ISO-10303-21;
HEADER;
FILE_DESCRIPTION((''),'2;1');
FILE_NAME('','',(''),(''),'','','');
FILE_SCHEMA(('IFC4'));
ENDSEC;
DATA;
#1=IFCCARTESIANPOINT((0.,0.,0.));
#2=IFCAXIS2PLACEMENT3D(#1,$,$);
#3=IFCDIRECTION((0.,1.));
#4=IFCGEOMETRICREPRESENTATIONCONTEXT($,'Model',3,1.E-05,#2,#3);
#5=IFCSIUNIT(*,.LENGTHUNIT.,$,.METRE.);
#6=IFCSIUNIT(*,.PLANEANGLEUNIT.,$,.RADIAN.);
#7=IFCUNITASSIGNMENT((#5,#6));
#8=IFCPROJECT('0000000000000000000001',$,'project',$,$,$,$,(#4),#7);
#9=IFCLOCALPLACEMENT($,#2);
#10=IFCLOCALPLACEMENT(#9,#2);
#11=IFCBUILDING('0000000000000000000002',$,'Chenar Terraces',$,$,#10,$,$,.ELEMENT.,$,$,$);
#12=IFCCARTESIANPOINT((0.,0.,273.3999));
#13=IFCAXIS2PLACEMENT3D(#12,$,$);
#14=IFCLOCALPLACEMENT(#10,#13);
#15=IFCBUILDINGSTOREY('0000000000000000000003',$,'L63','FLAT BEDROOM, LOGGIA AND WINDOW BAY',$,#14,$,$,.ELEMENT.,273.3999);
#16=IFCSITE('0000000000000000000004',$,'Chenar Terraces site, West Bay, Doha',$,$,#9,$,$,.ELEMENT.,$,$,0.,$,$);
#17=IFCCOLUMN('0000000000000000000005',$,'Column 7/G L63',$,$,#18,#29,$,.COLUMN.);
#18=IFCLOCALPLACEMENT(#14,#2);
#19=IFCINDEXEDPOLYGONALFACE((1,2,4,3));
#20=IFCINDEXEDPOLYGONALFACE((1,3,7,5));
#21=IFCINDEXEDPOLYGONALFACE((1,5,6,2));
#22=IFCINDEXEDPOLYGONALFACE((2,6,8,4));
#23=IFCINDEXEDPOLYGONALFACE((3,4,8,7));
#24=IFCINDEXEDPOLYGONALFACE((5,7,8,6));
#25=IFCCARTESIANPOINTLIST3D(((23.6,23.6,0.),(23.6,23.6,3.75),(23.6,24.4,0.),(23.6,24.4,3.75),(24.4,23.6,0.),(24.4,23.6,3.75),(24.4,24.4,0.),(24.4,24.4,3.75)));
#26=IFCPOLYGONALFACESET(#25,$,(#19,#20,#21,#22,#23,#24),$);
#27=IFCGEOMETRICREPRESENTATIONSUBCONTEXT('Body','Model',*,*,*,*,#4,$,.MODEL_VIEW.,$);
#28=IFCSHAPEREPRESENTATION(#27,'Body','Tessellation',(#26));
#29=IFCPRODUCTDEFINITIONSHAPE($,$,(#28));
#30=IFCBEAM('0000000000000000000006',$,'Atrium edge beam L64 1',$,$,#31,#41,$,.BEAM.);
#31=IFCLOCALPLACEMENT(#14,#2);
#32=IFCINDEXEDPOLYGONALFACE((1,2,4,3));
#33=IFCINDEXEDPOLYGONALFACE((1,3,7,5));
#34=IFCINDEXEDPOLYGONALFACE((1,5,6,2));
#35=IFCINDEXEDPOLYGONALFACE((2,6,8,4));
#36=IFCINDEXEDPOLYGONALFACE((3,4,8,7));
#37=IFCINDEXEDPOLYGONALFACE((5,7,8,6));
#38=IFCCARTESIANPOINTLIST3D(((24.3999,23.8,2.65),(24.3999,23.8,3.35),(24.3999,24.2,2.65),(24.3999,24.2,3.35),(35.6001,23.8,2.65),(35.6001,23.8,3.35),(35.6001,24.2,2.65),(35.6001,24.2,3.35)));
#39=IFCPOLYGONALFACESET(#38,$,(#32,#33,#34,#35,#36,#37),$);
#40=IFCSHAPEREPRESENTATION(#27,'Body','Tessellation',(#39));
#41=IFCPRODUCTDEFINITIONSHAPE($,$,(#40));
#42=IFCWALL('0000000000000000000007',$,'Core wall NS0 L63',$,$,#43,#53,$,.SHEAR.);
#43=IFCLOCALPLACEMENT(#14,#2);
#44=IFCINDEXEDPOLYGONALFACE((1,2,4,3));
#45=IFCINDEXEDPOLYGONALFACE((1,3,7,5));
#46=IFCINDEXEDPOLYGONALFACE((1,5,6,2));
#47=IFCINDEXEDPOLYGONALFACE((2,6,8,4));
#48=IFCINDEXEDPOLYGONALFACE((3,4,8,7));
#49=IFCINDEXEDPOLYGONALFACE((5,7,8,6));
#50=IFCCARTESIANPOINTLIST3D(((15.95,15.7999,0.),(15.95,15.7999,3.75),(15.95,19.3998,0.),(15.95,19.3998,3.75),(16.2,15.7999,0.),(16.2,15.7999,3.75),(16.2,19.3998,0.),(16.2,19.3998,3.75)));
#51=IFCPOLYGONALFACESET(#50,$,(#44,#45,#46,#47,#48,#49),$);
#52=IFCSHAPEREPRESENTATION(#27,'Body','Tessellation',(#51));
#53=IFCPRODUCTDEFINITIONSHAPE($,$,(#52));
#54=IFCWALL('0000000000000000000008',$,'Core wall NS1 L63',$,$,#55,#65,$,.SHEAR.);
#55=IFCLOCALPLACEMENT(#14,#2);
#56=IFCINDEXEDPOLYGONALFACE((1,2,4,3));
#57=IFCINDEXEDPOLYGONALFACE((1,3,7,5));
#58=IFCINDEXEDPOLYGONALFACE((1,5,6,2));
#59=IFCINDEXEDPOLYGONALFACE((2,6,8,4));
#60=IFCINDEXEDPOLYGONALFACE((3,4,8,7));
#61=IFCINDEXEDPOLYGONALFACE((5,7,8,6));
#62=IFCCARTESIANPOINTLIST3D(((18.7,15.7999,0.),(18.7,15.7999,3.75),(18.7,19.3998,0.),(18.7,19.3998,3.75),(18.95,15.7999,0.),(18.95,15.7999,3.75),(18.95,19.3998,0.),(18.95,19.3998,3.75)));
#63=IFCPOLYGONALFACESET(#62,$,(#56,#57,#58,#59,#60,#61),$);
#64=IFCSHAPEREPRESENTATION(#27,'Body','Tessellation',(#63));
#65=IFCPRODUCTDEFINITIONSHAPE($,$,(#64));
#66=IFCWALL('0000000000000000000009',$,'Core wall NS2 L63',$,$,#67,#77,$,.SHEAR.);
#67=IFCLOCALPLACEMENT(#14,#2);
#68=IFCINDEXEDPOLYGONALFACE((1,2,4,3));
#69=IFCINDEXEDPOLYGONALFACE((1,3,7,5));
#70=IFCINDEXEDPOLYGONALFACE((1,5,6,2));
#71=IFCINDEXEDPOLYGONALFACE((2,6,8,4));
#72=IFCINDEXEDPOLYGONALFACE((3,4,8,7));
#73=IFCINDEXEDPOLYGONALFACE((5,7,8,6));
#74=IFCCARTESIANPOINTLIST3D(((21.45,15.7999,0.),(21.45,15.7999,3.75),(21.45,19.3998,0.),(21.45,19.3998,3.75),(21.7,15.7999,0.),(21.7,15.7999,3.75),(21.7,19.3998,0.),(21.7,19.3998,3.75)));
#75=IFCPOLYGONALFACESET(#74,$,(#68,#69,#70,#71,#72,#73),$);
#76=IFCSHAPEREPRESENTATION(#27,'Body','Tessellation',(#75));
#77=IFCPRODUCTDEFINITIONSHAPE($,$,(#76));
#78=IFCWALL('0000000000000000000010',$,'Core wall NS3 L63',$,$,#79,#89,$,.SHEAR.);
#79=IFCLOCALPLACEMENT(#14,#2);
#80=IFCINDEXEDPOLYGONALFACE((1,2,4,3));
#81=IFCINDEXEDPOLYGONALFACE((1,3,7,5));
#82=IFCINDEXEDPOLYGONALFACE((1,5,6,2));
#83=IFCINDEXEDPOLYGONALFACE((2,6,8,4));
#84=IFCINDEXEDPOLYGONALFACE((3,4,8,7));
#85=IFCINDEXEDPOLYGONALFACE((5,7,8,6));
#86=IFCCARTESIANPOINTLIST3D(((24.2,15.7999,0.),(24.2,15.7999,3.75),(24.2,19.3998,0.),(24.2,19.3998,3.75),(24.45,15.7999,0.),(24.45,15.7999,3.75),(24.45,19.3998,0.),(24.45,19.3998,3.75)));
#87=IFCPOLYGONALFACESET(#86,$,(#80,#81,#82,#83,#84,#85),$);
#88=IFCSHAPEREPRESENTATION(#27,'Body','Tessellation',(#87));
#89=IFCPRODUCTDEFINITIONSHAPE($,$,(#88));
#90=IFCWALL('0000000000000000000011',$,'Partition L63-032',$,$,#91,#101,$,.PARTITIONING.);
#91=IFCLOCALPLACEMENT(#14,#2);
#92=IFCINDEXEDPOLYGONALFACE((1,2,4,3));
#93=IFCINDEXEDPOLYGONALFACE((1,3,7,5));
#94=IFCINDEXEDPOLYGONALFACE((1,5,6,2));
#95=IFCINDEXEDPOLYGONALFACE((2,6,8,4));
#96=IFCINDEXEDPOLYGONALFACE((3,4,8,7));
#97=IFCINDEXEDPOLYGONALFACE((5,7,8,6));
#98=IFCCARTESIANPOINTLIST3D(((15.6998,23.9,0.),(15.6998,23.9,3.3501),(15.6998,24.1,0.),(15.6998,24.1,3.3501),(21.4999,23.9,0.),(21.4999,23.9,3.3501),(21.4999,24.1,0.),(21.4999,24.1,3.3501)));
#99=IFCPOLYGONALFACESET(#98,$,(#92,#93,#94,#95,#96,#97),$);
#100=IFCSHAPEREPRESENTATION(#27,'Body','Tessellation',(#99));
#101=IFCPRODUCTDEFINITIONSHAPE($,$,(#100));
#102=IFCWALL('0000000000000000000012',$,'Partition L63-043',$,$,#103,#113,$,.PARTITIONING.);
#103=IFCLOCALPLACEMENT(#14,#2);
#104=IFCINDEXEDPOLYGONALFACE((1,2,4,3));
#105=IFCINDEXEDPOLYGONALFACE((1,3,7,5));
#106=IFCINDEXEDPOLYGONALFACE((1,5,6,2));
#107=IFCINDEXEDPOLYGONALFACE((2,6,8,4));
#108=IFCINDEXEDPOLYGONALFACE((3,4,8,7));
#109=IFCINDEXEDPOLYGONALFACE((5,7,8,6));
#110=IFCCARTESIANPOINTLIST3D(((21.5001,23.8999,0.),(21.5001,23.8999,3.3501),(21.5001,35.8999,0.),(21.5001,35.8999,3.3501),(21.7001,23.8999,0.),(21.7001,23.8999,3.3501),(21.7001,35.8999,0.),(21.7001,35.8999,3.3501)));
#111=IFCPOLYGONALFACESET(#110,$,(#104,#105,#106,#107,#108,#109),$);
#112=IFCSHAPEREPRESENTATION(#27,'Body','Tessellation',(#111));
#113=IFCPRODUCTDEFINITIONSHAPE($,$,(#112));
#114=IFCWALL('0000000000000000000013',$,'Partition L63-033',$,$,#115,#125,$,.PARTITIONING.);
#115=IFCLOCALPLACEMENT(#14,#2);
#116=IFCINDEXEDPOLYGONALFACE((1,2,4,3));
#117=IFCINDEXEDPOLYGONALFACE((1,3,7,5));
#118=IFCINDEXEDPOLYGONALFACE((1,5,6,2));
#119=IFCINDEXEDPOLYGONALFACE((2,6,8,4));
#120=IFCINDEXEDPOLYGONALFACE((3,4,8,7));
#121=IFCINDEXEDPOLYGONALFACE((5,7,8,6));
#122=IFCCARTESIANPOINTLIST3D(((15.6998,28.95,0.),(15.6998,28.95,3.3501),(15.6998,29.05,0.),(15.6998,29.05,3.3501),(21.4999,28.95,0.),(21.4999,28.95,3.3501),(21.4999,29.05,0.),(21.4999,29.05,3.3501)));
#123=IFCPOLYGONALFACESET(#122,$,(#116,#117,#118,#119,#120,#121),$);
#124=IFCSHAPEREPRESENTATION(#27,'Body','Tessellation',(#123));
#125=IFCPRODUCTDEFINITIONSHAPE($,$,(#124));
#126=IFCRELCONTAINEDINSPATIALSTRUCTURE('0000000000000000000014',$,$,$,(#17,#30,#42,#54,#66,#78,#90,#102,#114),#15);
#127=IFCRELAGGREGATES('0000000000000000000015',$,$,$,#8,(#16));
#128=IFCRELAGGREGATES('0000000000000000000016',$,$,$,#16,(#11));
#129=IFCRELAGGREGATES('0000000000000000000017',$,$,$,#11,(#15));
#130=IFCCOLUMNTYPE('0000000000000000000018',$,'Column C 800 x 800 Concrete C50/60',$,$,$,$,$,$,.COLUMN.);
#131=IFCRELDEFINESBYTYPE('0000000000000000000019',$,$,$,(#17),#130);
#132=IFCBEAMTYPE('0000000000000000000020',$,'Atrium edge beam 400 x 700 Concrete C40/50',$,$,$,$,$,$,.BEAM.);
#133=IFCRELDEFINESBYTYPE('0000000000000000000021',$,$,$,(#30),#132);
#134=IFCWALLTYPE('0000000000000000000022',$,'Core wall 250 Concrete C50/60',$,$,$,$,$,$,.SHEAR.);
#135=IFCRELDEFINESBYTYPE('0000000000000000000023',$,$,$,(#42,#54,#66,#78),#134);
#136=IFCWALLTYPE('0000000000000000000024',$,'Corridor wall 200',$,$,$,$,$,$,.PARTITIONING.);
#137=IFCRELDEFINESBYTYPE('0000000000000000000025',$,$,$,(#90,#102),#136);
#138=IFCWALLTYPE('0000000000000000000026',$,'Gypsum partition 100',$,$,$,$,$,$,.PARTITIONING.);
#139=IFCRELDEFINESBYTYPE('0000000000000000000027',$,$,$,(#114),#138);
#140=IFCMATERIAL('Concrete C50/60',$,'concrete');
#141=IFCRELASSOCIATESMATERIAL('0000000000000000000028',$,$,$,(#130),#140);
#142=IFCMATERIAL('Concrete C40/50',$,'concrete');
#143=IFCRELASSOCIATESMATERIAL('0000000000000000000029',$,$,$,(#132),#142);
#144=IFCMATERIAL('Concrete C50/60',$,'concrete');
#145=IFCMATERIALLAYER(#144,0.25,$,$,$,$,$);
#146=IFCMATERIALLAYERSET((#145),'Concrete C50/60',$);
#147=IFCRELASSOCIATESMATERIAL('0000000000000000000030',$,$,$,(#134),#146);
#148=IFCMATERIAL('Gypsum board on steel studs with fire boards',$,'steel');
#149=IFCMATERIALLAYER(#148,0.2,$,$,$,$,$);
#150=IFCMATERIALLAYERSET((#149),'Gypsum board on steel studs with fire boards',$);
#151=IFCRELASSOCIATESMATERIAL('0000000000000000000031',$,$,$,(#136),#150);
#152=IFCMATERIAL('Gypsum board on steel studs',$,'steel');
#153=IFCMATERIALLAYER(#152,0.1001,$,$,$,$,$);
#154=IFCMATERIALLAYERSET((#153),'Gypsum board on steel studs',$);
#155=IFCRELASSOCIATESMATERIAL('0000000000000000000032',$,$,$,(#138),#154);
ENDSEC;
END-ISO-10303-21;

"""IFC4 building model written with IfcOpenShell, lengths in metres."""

from ifc_helpers import new_model, si_unit, direction, frame, frame_2d, origin, origin_2d, place, context, subcontext, project, spatial, rectangle, extrude, material, layer, layer_set, material_profile, profile_set, type_object, element, save


model = new_model("IFC4")

# Units and contexts
model_context = context("Model", 3, precision=1e-05, world=origin(), true_north=direction((0.0, 1.0)))
body_context = subcontext(model_context, "Body", "Model", "MODEL_VIEW")
ifc_project = project(units=[si_unit("LENGTHUNIT", "METRE"), si_unit("PLANEANGLEUNIT", "RADIAN")], contexts=[model_context])

# Site, building, storey
site_placement = place(None, origin())
site = spatial("IfcSite", under=ifc_project, at=site_placement, Name="Chenar Terraces site, West Bay, Doha", CompositionType="ELEMENT", RefElevation=0.0)
building_placement = place(site_placement, origin())
building = spatial("IfcBuilding", under=site, at=building_placement, Name="Chenar Terraces", CompositionType="ELEMENT")
storey_placement = place(building_placement, frame((0.0, 0.0, 273.3999)))
storey = spatial("IfcBuildingStorey", under=building, at=storey_placement, Name="L63", Description="FLAT BEDROOM, LOGGIA AND WINDOW BAY", CompositionType="ELEMENT", Elevation=273.3999)

# Column
ifc_material_1 = material(Name="Concrete C50/60", Category="concrete")
ifc_material_profile_1 = material_profile(ifc_material_1, rectangle(XDim=0.8, YDim=0.8, at=origin_2d()), Name="C 800 x 800")
ifc_profile_set_1 = profile_set([ifc_material_profile_1], Name="Concrete C50/60")
column_type = type_object("IfcColumnType", Name="Column C 800 x 800 Concrete C50/60", PredefinedType="COLUMN", material=ifc_profile_set_1)
column_placement = place(storey_placement, frame((24.0, 24.0, 0.0), z_axis=(0.0, 0.0, 1.0), x_axis=(1.0, 0.0, 0.0)))
element("IfcColumn", 1, at=column_placement, inside=storey, type_object=column_type, Name="Column 7/G L63", PredefinedType="COLUMN", context=body_context, shape_type="SweptSolid", body=[
    extrude(rectangle(XDim=0.8, YDim=0.8, at=origin_2d()), origin(), (0.0, 0.0, 1.0), 3.75),
])

# Beam
ifc_material_2 = material(Name="Concrete C40/50", Category="concrete")
ifc_material_profile_2 = material_profile(ifc_material_2, rectangle(XDim=0.3999, YDim=0.7, at=origin_2d()), Name="RC 400 x 700")
ifc_profile_set_2 = profile_set([ifc_material_profile_2], Name="Concrete C40/50")
beam_type = type_object("IfcBeamType", Name="Atrium edge beam 400 x 700 Concrete C40/50", PredefinedType="BEAM", material=ifc_profile_set_2)
beam_placement = place(storey_placement, frame((24.3999, 24.0, 3.0), z_axis=(1.0, 0.0, 0.0), x_axis=(0.0, 1.0, 0.0)))
element("IfcBeam", 2, at=beam_placement, inside=storey, type_object=beam_type, Name="Atrium edge beam L64 1", PredefinedType="BEAM", context=body_context, shape_type="SweptSolid", body=[
    extrude(rectangle(XDim=0.3999, YDim=0.7, at=origin_2d()), origin(), (0.0, 0.0, 1.0), 11.2002),
])

# Walls
ifc_material_3 = material(Name="Concrete C50/60", Category="concrete")
ifc_layer_1 = layer(ifc_material_3, 0.25)
ifc_layer_set_1 = layer_set([ifc_layer_1], Name="Concrete C50/60")
wall_type_1 = type_object("IfcWallType", Name="Core wall 250 Concrete C50/60", PredefinedType="SHEAR", material=ifc_layer_set_1)
for number, where, z_axis, x_axis, name in (
    (3, (16.075, 15.8, 0.0), (0.0, 0.0, 1.0), (0.0, 1.0, 0.0), "Core wall NS0 L63"),
    (4, (18.825, 15.8, 0.0), (0.0, 0.0, 1.0), (0.0, 1.0, 0.0), "Core wall NS1 L63"),
    (5, (21.575, 15.8, 0.0), (0.0, 0.0, 1.0), (0.0, 1.0, 0.0), "Core wall NS2 L63"),
    (6, (24.325, 15.8, 0.0), (0.0, 0.0, 1.0), (0.0, 1.0, 0.0), "Core wall NS3 L63"),
):
    element("IfcWall", number, at=place(storey_placement, frame(where, z_axis=z_axis, x_axis=x_axis)), inside=storey, type_object=wall_type_1, Name=name, PredefinedType="SHEAR", context=body_context, shape_type="SweptSolid", body=[
        extrude(rectangle(XDim=3.5999, YDim=0.25, at=frame_2d((1.7998, 0.0))), origin(), (0.0, 0.0, 1.0), 3.75),
    ])
ifc_material_4 = material(Name="Gypsum board on steel studs with fire boards", Category="steel")
ifc_layer_2 = layer(ifc_material_4, 0.2)
ifc_layer_set_2 = layer_set([ifc_layer_2], Name="Gypsum board on steel studs with fire boards")
wall_type_2 = type_object("IfcWallType", Name="Corridor wall 200", PredefinedType="PARTITIONING", material=ifc_layer_set_2)
wall_1_placement = place(storey_placement, frame((15.7, 24.0, 0.0), z_axis=(0.0, 0.0, 1.0), x_axis=(1.0, 0.0, 0.0)))
element("IfcWall", 7, at=wall_1_placement, inside=storey, type_object=wall_type_2, Name="Partition L63-032", PredefinedType="PARTITIONING", context=body_context, shape_type="SweptSolid", body=[
    extrude(rectangle(XDim=5.8, YDim=0.2, at=frame_2d((2.8999, 0.0))), origin(), (0.0, 0.0, 1.0), 3.3501),
])
wall_2_placement = place(storey_placement, frame((21.6001, 23.8999, 0.0), z_axis=(0.0, 0.0, 1.0), x_axis=(0.0, 1.0, 0.0)))
element("IfcWall", 8, at=wall_2_placement, inside=storey, type_object=wall_type_2, Name="Partition L63-043", PredefinedType="PARTITIONING", context=body_context, shape_type="SweptSolid", body=[
    extrude(rectangle(XDim=12.0, YDim=0.2, at=frame_2d((6.0, 0.0))), origin(), (0.0, 0.0, 1.0), 3.3501),
])
ifc_material_5 = material(Name="Gypsum board on steel studs", Category="steel")
ifc_layer_3 = layer(ifc_material_5, 0.1001)
ifc_layer_set_3 = layer_set([ifc_layer_3], Name="Gypsum board on steel studs")
wall_type_3 = type_object("IfcWallType", Name="Gypsum partition 100", PredefinedType="PARTITIONING", material=ifc_layer_set_3)
wall_3_placement = place(storey_placement, frame((15.7, 29.0, 0.0), z_axis=(0.0, 0.0, 1.0), x_axis=(1.0, 0.0, 0.0)))
element("IfcWall", 9, at=wall_3_placement, inside=storey, type_object=wall_type_3, Name="Partition L63-033", PredefinedType="PARTITIONING", context=body_context, shape_type="SweptSolid", body=[
    extrude(rectangle(XDim=5.8, YDim=0.1001, at=frame_2d((2.8999, 0.0))), origin(), (0.0, 0.0, 1.0), 3.3501),
])

save(model, "model.ifc")
